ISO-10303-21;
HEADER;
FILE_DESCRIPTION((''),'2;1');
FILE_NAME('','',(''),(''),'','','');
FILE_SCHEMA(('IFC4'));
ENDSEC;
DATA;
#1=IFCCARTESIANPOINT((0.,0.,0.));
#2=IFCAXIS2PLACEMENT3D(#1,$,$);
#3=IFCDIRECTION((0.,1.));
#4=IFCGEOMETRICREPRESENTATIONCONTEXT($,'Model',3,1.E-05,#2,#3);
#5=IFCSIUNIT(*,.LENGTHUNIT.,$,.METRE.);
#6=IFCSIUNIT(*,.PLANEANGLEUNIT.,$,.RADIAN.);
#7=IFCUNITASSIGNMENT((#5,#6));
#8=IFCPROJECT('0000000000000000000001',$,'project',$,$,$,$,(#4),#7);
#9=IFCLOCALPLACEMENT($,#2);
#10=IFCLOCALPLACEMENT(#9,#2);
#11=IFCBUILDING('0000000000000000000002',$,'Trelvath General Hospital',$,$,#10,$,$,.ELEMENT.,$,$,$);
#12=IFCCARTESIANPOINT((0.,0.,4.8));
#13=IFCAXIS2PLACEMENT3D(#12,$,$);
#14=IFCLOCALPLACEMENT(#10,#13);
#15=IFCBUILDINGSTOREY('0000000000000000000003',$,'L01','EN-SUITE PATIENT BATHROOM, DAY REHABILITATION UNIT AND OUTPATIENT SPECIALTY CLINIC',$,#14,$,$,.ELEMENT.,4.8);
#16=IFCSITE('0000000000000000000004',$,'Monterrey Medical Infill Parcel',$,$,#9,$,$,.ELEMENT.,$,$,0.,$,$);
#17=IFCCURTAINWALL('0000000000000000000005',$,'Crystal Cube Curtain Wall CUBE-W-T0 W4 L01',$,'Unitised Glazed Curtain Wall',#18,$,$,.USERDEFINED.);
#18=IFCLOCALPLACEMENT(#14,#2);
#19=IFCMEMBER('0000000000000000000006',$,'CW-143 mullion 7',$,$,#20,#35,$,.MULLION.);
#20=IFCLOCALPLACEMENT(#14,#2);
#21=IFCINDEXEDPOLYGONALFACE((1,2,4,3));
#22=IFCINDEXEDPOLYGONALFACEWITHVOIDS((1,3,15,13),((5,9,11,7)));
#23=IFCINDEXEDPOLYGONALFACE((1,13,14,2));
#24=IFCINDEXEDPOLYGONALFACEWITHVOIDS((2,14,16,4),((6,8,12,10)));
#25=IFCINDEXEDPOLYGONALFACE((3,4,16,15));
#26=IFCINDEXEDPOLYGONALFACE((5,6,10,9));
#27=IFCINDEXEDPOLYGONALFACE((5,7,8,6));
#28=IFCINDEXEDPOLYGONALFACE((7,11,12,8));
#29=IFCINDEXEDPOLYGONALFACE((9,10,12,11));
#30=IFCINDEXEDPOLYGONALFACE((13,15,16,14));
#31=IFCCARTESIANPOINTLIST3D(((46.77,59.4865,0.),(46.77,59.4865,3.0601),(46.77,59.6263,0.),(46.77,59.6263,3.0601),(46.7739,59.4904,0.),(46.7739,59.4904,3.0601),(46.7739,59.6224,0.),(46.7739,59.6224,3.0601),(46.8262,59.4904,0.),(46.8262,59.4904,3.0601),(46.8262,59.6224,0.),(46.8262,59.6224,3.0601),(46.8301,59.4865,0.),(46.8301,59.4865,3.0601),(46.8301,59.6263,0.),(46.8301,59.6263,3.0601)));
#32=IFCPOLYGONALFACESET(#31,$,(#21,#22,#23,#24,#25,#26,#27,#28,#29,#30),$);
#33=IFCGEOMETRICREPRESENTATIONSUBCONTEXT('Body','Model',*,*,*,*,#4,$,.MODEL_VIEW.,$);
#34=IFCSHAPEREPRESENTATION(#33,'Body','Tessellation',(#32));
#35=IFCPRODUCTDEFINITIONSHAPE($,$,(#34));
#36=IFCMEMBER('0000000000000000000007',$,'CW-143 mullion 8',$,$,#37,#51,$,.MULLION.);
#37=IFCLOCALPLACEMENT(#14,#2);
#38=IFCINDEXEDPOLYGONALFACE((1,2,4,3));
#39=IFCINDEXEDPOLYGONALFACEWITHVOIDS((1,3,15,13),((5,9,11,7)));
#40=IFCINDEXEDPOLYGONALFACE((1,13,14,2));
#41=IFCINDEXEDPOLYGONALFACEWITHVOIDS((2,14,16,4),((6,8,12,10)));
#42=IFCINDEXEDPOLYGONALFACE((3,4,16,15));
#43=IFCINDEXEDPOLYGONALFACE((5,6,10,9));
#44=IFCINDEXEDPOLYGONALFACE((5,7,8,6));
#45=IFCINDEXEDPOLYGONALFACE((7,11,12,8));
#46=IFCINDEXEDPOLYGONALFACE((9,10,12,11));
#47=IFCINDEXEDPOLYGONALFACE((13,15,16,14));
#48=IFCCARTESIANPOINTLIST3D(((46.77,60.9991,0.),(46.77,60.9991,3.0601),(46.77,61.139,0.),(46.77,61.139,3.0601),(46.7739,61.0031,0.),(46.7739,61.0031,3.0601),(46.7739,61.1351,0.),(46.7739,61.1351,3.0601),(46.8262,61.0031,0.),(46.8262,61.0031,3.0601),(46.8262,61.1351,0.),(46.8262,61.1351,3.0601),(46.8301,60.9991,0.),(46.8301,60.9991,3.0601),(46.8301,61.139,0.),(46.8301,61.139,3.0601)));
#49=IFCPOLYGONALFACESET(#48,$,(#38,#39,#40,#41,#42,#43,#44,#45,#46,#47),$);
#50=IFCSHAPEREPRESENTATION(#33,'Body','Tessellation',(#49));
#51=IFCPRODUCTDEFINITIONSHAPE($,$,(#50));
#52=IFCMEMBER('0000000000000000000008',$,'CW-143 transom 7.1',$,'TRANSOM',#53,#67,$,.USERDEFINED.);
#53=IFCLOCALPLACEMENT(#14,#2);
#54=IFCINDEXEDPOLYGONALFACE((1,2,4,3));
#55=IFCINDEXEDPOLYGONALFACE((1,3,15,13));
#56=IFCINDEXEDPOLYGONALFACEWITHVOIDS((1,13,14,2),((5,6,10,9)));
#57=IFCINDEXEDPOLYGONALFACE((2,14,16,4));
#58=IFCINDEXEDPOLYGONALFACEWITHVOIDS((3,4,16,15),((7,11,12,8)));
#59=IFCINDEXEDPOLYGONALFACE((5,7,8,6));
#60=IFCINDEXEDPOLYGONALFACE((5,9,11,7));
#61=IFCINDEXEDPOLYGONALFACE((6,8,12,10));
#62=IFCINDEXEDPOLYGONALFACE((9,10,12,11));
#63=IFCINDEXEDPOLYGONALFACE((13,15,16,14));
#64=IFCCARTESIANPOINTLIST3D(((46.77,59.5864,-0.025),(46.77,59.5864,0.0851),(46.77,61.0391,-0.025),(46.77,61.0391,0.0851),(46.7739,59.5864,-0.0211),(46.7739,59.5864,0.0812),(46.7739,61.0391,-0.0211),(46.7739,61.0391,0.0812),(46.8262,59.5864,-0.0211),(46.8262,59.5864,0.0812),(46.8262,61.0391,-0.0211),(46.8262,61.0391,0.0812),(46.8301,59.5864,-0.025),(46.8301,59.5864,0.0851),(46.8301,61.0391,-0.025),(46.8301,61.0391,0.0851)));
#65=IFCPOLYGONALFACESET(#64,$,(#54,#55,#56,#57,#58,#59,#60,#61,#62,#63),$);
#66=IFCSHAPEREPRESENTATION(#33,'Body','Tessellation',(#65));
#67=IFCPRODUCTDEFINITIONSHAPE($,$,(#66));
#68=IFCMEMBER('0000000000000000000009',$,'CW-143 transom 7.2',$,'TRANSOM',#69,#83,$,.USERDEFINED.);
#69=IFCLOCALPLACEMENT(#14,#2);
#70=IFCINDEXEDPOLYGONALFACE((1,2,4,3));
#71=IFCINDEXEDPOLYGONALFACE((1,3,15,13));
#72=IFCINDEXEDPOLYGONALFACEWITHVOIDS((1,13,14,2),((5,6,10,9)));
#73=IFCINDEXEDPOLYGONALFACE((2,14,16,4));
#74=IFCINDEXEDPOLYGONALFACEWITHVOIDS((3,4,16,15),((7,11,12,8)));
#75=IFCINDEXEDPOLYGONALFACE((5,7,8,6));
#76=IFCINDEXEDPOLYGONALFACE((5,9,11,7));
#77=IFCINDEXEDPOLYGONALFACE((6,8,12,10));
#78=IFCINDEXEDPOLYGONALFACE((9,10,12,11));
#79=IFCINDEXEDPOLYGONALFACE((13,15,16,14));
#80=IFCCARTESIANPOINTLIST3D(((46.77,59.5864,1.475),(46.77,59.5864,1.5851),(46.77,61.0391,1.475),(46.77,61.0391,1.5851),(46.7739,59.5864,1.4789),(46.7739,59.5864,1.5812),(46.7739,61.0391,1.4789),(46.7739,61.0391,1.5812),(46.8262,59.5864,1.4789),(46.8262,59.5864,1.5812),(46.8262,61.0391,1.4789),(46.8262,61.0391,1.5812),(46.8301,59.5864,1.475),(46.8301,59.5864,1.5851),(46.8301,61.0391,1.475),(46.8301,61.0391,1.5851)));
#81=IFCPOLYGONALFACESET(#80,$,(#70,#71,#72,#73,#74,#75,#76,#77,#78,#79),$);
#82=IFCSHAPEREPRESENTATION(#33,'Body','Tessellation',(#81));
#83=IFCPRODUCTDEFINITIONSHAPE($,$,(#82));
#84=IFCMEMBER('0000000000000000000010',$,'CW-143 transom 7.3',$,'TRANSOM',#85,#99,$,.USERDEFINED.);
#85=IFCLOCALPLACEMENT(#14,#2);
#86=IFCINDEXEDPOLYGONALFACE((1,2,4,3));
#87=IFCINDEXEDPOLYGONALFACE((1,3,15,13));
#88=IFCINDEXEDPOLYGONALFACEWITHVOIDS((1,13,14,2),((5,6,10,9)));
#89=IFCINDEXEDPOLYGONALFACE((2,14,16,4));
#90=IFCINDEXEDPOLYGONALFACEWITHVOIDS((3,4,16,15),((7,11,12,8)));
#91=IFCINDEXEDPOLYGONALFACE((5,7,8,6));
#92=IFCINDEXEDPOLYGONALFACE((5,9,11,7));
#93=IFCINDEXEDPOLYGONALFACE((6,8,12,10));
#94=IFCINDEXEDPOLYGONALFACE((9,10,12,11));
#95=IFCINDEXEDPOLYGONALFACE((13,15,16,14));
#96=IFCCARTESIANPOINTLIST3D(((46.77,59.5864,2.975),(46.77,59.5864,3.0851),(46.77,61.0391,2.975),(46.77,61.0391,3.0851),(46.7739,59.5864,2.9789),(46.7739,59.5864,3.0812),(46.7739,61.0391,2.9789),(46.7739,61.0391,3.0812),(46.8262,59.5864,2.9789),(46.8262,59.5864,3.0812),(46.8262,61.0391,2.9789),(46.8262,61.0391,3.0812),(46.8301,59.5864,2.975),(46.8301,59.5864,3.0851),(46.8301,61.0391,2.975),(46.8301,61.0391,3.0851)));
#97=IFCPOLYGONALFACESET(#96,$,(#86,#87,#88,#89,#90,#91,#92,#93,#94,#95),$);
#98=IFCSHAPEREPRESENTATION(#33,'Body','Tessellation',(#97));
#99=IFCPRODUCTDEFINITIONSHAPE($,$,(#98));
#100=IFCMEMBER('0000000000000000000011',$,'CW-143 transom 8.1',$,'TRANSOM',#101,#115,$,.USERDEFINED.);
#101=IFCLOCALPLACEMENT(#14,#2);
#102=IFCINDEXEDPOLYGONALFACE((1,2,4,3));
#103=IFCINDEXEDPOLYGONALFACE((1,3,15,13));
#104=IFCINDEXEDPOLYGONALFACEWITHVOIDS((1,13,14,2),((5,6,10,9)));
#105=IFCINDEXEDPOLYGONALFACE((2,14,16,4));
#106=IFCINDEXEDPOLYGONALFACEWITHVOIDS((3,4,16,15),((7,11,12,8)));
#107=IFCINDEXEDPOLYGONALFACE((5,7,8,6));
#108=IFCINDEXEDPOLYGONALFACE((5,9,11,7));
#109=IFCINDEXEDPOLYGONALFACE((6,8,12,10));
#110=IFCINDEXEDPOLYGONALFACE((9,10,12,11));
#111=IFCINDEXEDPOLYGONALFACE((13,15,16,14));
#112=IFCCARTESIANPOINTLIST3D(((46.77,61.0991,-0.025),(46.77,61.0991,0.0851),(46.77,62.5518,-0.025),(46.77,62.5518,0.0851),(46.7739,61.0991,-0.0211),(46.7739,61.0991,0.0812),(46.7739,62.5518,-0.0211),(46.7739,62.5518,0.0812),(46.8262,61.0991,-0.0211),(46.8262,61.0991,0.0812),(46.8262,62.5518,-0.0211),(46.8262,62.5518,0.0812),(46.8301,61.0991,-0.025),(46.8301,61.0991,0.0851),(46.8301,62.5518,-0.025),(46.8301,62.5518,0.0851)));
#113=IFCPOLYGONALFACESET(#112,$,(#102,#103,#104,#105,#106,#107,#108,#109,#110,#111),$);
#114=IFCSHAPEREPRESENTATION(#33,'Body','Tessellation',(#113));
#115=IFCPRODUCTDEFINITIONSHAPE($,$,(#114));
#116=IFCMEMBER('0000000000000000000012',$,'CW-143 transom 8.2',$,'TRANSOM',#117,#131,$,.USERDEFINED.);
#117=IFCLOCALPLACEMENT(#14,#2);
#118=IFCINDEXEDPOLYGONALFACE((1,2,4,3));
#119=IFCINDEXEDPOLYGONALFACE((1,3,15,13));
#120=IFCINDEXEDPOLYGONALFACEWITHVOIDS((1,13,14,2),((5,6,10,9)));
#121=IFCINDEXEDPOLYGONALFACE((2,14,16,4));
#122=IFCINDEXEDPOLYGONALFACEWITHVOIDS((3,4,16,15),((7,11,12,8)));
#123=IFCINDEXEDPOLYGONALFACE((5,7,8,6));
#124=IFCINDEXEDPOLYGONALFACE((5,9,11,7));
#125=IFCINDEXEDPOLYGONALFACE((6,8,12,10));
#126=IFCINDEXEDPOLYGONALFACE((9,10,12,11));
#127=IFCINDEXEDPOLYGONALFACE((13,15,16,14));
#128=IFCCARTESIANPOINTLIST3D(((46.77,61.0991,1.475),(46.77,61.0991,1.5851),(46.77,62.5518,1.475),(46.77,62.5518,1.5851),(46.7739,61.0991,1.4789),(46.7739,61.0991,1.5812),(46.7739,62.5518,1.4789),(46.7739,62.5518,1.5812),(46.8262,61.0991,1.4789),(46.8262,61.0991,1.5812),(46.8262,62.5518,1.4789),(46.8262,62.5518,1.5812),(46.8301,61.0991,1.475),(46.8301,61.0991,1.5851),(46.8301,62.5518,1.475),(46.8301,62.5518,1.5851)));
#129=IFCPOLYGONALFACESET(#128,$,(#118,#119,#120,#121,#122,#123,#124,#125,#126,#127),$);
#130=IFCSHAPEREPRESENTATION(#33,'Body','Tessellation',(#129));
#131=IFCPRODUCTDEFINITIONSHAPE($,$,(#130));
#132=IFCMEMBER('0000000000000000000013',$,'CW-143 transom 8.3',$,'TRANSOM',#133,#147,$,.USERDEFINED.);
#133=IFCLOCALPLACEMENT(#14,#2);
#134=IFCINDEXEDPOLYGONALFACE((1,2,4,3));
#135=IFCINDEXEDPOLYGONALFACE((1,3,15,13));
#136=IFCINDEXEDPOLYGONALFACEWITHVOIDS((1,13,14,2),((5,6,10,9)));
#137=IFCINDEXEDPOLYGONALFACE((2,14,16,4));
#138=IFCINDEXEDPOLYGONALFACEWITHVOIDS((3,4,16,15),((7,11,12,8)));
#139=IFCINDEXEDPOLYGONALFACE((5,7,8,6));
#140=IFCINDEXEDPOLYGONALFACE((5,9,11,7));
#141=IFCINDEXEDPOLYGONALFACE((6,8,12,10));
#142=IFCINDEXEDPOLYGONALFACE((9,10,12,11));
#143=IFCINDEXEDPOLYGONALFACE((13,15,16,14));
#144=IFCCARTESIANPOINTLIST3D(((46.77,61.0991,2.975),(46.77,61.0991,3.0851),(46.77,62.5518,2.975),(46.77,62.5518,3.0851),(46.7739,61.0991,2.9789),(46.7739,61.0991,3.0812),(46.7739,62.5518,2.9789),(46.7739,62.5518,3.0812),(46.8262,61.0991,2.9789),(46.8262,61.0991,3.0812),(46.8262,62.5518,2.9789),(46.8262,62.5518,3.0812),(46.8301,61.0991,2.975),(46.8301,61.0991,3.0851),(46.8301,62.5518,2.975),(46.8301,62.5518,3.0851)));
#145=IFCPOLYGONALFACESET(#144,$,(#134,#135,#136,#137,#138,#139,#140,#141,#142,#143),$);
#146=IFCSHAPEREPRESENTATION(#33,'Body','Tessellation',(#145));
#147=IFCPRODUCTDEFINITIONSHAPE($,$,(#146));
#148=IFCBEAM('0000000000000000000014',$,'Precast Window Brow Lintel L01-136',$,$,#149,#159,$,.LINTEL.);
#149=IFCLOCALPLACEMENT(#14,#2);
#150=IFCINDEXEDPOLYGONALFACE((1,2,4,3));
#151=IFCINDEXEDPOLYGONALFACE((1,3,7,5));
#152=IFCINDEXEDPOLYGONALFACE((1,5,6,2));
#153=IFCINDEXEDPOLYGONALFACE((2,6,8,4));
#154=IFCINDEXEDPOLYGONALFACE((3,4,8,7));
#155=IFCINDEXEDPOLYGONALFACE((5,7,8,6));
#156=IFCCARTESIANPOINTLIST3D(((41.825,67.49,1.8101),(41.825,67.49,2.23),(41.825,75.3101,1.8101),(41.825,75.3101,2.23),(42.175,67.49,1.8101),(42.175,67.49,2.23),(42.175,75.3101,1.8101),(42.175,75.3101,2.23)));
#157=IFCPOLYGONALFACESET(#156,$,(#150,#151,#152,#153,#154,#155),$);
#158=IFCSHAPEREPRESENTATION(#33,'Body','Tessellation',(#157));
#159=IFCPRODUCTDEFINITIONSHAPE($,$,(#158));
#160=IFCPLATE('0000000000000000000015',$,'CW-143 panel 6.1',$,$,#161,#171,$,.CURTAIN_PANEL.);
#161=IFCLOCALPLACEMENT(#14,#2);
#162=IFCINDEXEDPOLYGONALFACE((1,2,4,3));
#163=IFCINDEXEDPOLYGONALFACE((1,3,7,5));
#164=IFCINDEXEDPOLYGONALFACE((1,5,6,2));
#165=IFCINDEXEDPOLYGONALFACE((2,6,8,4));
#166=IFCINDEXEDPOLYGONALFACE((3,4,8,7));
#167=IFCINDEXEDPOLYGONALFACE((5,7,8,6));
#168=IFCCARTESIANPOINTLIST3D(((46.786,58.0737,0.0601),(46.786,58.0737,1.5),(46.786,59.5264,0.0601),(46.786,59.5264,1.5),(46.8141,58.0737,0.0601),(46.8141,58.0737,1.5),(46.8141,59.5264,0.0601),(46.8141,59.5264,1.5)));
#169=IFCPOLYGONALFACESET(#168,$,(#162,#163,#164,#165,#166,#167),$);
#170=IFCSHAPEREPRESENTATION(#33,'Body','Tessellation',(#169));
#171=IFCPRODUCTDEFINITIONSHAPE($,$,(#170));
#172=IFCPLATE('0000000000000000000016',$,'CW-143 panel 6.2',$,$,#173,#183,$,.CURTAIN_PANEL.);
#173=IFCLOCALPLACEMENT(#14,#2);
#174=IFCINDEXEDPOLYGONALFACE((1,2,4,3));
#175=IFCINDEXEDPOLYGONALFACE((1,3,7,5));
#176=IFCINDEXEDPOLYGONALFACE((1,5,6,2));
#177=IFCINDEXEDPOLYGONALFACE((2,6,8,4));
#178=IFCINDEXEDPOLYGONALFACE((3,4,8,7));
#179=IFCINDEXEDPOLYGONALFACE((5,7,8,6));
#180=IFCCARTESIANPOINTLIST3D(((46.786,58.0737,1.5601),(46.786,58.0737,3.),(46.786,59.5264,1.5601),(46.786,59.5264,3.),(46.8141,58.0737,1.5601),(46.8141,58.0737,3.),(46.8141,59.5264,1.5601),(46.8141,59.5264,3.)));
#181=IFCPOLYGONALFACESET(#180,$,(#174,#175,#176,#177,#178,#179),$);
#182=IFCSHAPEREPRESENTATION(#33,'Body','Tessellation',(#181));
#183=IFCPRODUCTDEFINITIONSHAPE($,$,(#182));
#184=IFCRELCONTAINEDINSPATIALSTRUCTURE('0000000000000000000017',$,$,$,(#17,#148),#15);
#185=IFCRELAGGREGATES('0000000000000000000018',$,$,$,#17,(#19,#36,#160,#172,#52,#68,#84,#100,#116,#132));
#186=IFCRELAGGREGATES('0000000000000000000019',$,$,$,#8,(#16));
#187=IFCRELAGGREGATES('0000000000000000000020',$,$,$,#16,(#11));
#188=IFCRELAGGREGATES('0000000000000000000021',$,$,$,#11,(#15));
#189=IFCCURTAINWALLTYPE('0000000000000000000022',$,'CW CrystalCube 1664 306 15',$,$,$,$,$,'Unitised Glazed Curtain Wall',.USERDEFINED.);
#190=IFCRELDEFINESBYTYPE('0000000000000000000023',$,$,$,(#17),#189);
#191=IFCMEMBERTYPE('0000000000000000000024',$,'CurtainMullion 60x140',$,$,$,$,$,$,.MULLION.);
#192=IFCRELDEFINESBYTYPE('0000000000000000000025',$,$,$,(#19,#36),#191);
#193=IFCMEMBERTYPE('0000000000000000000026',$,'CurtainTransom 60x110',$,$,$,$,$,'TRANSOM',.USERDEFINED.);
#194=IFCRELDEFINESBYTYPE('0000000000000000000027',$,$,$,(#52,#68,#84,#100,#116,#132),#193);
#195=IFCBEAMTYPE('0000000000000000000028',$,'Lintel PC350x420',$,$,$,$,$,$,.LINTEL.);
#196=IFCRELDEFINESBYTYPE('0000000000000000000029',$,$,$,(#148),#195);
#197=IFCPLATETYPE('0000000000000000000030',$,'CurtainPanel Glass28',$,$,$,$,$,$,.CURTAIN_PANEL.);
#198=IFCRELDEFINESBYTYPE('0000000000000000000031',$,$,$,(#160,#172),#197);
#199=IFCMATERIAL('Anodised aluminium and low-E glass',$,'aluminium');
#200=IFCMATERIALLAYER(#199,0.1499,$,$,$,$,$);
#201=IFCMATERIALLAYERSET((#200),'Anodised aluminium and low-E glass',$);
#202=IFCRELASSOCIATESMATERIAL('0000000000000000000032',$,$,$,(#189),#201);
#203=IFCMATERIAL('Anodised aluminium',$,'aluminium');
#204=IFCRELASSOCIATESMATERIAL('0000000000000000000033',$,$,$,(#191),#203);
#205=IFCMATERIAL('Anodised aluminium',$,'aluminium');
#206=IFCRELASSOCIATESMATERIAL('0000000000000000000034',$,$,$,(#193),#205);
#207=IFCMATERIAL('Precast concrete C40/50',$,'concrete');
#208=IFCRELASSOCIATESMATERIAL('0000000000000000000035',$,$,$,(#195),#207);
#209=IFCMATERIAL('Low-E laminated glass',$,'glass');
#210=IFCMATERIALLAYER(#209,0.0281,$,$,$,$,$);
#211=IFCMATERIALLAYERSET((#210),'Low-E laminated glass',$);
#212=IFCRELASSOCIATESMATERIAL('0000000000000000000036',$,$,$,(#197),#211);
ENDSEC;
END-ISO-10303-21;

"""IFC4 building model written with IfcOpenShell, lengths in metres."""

from ifc_helpers import new_model, si_unit, direction, frame, origin, origin_2d, place, context, subcontext, project, spatial, rectangle, hollow_rectangle, extrude, material, layer, layer_set, material_profile, profile_set, type_object, element, aggregate, save


model = new_model("IFC4")

# Units and contexts
model_context = context("Model", 3, precision=1e-05, world=origin(), true_north=direction((0.0, 1.0)))
body_context = subcontext(model_context, "Body", "Model", "MODEL_VIEW")
ifc_project = project(units=[si_unit("LENGTHUNIT", "METRE"), si_unit("PLANEANGLEUNIT", "RADIAN")], contexts=[model_context])

# Site, building, storey
site_placement = place(None, origin())
site = spatial("IfcSite", under=ifc_project, at=site_placement, Name="Monterrey Medical Infill Parcel", CompositionType="ELEMENT", RefElevation=0.0)
building_placement = place(site_placement, origin())
building = spatial("IfcBuilding", under=site, at=building_placement, Name="Trelvath General Hospital", CompositionType="ELEMENT")
storey_placement = place(building_placement, frame((0.0, 0.0, 4.8)))
storey = spatial("IfcBuildingStorey", under=building, at=storey_placement, Name="L01", Description="EN-SUITE PATIENT BATHROOM, DAY REHABILITATION UNIT AND OUTPATIENT SPECIALTY CLINIC", CompositionType="ELEMENT", Elevation=4.8)

# Curtain wall, members
ifc_material_1 = material(Name="Anodised aluminium and low-E glass", Category="aluminium")
ifc_layer_1 = layer(ifc_material_1, 0.1499)
ifc_layer_set_1 = layer_set([ifc_layer_1], Name="Anodised aluminium and low-E glass")
curtain_wall_type = type_object("IfcCurtainWallType", Name="CW CrystalCube 1664 306 15", ElementType="Unitised Glazed Curtain Wall", PredefinedType="USERDEFINED", material=ifc_layer_set_1)
curtain_wall_placement = place(storey_placement, origin())
curtain_wall = element("IfcCurtainWall", 1, at=curtain_wall_placement, inside=storey, type_object=curtain_wall_type, Name="Crystal Cube Curtain Wall CUBE-W-T0 W4 L01", ObjectType="Unitised Glazed Curtain Wall", PredefinedType="USERDEFINED")
ifc_material_2 = material(Name="Anodised aluminium", Category="aluminium")
ifc_material_profile_1 = material_profile(ifc_material_2, hollow_rectangle(XDim=0.0601, YDim=0.1399, WallThickness=0.0039, at=origin_2d()), Name="RHS60x140x4")
ifc_profile_set_1 = profile_set([ifc_material_profile_1], Name="Anodised aluminium")
member_type_1 = type_object("IfcMemberType", Name="CurtainMullion 60x140", PredefinedType="MULLION", material=ifc_profile_set_1)
member_1_placement = place(storey_placement, frame((46.8, 59.5564, 0.0), z_axis=(0.0, 0.0, 1.0), x_axis=(-1.0, 0.0, 0.0)))
member_1 = element("IfcMember", 2, at=member_1_placement, type_object=member_type_1, Name="CW-143 mullion 7", PredefinedType="MULLION", context=body_context, shape_type="SweptSolid", body=[
    extrude(hollow_rectangle(XDim=0.0601, YDim=0.1399, WallThickness=0.0039, at=origin_2d()), origin(), (0.0, 0.0, 1.0), 3.0601),
])
member_2_placement = place(storey_placement, frame((46.8, 61.0691, 0.0), z_axis=(0.0, 0.0, 1.0), x_axis=(-1.0, 0.0, 0.0)))
member_2 = element("IfcMember", 3, at=member_2_placement, type_object=member_type_1, Name="CW-143 mullion 8", PredefinedType="MULLION", context=body_context, shape_type="SweptSolid", body=[
    extrude(hollow_rectangle(XDim=0.0601, YDim=0.1399, WallThickness=0.0039, at=origin_2d()), origin(), (0.0, 0.0, 1.0), 3.0601),
])
ifc_material_3 = material(Name="Anodised aluminium", Category="aluminium")
ifc_material_profile_2 = material_profile(ifc_material_3, hollow_rectangle(XDim=0.0601, YDim=0.1101, WallThickness=0.0039, at=origin_2d()), Name="RHS60x110x4")
ifc_profile_set_2 = profile_set([ifc_material_profile_2], Name="Anodised aluminium")
member_type_2 = type_object("IfcMemberType", Name="CurtainTransom 60x110", ElementType="TRANSOM", PredefinedType="USERDEFINED", material=ifc_profile_set_2)
member_3_placement = place(storey_placement, frame((46.8, 59.5864, 0.03), z_axis=(0.0, 1.0, 0.0), x_axis=(-1.0, 0.0, 0.0)))
member_3 = element("IfcMember", 4, at=member_3_placement, type_object=member_type_2, Name="CW-143 transom 7.1", ObjectType="TRANSOM", PredefinedType="USERDEFINED", context=body_context, shape_type="SweptSolid", body=[
    extrude(hollow_rectangle(XDim=0.0601, YDim=0.1101, WallThickness=0.0039, at=origin_2d()), origin(), (0.0, 0.0, 1.0), 1.4526),
])
member_4_placement = place(storey_placement, frame((46.8, 59.5864, 1.53), z_axis=(0.0, 1.0, 0.0), x_axis=(-1.0, 0.0, 0.0)))
member_4 = element("IfcMember", 5, at=member_4_placement, type_object=member_type_2, Name="CW-143 transom 7.2", ObjectType="TRANSOM", PredefinedType="USERDEFINED", context=body_context, shape_type="SweptSolid", body=[
    extrude(hollow_rectangle(XDim=0.0601, YDim=0.1101, WallThickness=0.0039, at=origin_2d()), origin(), (0.0, 0.0, 1.0), 1.4526),
])
member_5_placement = place(storey_placement, frame((46.8, 59.5864, 3.03), z_axis=(0.0, 1.0, 0.0), x_axis=(-1.0, 0.0, 0.0)))
member_5 = element("IfcMember", 6, at=member_5_placement, type_object=member_type_2, Name="CW-143 transom 7.3", ObjectType="TRANSOM", PredefinedType="USERDEFINED", context=body_context, shape_type="SweptSolid", body=[
    extrude(hollow_rectangle(XDim=0.0601, YDim=0.1101, WallThickness=0.0039, at=origin_2d()), origin(), (0.0, 0.0, 1.0), 1.4526),
])
member_6_placement = place(storey_placement, frame((46.8, 61.0991, 0.03), z_axis=(0.0, 1.0, 0.0), x_axis=(-1.0, 0.0, 0.0)))
member_6 = element("IfcMember", 7, at=member_6_placement, type_object=member_type_2, Name="CW-143 transom 8.1", ObjectType="TRANSOM", PredefinedType="USERDEFINED", context=body_context, shape_type="SweptSolid", body=[
    extrude(hollow_rectangle(XDim=0.0601, YDim=0.1101, WallThickness=0.0039, at=origin_2d()), origin(), (0.0, 0.0, 1.0), 1.4526),
])
member_7_placement = place(storey_placement, frame((46.8, 61.0991, 1.53), z_axis=(0.0, 1.0, 0.0), x_axis=(-1.0, 0.0, 0.0)))
member_7 = element("IfcMember", 8, at=member_7_placement, type_object=member_type_2, Name="CW-143 transom 8.2", ObjectType="TRANSOM", PredefinedType="USERDEFINED", context=body_context, shape_type="SweptSolid", body=[
    extrude(hollow_rectangle(XDim=0.0601, YDim=0.1101, WallThickness=0.0039, at=origin_2d()), origin(), (0.0, 0.0, 1.0), 1.4526),
])
member_8_placement = place(storey_placement, frame((46.8, 61.0991, 3.03), z_axis=(0.0, 1.0, 0.0), x_axis=(-1.0, 0.0, 0.0)))
member_8 = element("IfcMember", 9, at=member_8_placement, type_object=member_type_2, Name="CW-143 transom 8.3", ObjectType="TRANSOM", PredefinedType="USERDEFINED", context=body_context, shape_type="SweptSolid", body=[
    extrude(hollow_rectangle(XDim=0.0601, YDim=0.1101, WallThickness=0.0039, at=origin_2d()), origin(), (0.0, 0.0, 1.0), 1.4526),
])

# Beam
ifc_material_4 = material(Name="Precast concrete C40/50", Category="concrete")
ifc_material_profile_3 = material_profile(ifc_material_4, rectangle(XDim=0.3501, YDim=0.4199, at=origin_2d()), Name="PCL350x420")
ifc_profile_set_3 = profile_set([ifc_material_profile_3], Name="Precast concrete C40/50")
beam_type = type_object("IfcBeamType", Name="Lintel PC350x420", PredefinedType="LINTEL", material=ifc_profile_set_3)
beam_placement = place(storey_placement, frame((42.0, 75.3101, 2.02), z_axis=(0.0, -1.0, 0.0), x_axis=(1.0, 0.0, 0.0)))
element("IfcBeam", 10, at=beam_placement, inside=storey, type_object=beam_type, Name="Precast Window Brow Lintel L01-136", PredefinedType="LINTEL", context=body_context, shape_type="SweptSolid", body=[
    extrude(rectangle(XDim=0.3501, YDim=0.4199, at=origin_2d()), origin(), (0.0, 0.0, 1.0), 7.8201),
])

# Plates
ifc_material_5 = material(Name="Low-E laminated glass", Category="glass")
ifc_layer_2 = layer(ifc_material_5, 0.0281)
ifc_layer_set_2 = layer_set([ifc_layer_2], Name="Low-E laminated glass")
plate_type = type_object("IfcPlateType", Name="CurtainPanel Glass28", PredefinedType="CURTAIN_PANEL", material=ifc_layer_set_2)
plate_1_placement = place(storey_placement, frame((46.8, 58.8, 0.0601), z_axis=(0.0, 0.0, 1.0), x_axis=(0.0, 1.0, 0.0)))
plate_1 = element("IfcPlate", 11, at=plate_1_placement, type_object=plate_type, Name="CW-143 panel 6.1", PredefinedType="CURTAIN_PANEL", context=body_context, shape_type="SweptSolid", body=[
    extrude(rectangle(XDim=1.4526, YDim=0.0281, at=origin_2d()), origin(), (0.0, 0.0, 1.0), 1.4399),
])
plate_2_placement = place(storey_placement, frame((46.8, 58.8, 1.5601), z_axis=(0.0, 0.0, 1.0), x_axis=(0.0, 1.0, 0.0)))
plate_2 = element("IfcPlate", 12, at=plate_2_placement, type_object=plate_type, Name="CW-143 panel 6.2", PredefinedType="CURTAIN_PANEL", context=body_context, shape_type="SweptSolid", body=[
    extrude(rectangle(XDim=1.4526, YDim=0.0281, at=origin_2d()), origin(), (0.0, 0.0, 1.0), 1.4399),
])
aggregate(curtain_wall, [member_1, member_2, plate_1, plate_2, member_3, member_4, member_5, member_6, member_7, member_8])

save(model, "model.ifc")
